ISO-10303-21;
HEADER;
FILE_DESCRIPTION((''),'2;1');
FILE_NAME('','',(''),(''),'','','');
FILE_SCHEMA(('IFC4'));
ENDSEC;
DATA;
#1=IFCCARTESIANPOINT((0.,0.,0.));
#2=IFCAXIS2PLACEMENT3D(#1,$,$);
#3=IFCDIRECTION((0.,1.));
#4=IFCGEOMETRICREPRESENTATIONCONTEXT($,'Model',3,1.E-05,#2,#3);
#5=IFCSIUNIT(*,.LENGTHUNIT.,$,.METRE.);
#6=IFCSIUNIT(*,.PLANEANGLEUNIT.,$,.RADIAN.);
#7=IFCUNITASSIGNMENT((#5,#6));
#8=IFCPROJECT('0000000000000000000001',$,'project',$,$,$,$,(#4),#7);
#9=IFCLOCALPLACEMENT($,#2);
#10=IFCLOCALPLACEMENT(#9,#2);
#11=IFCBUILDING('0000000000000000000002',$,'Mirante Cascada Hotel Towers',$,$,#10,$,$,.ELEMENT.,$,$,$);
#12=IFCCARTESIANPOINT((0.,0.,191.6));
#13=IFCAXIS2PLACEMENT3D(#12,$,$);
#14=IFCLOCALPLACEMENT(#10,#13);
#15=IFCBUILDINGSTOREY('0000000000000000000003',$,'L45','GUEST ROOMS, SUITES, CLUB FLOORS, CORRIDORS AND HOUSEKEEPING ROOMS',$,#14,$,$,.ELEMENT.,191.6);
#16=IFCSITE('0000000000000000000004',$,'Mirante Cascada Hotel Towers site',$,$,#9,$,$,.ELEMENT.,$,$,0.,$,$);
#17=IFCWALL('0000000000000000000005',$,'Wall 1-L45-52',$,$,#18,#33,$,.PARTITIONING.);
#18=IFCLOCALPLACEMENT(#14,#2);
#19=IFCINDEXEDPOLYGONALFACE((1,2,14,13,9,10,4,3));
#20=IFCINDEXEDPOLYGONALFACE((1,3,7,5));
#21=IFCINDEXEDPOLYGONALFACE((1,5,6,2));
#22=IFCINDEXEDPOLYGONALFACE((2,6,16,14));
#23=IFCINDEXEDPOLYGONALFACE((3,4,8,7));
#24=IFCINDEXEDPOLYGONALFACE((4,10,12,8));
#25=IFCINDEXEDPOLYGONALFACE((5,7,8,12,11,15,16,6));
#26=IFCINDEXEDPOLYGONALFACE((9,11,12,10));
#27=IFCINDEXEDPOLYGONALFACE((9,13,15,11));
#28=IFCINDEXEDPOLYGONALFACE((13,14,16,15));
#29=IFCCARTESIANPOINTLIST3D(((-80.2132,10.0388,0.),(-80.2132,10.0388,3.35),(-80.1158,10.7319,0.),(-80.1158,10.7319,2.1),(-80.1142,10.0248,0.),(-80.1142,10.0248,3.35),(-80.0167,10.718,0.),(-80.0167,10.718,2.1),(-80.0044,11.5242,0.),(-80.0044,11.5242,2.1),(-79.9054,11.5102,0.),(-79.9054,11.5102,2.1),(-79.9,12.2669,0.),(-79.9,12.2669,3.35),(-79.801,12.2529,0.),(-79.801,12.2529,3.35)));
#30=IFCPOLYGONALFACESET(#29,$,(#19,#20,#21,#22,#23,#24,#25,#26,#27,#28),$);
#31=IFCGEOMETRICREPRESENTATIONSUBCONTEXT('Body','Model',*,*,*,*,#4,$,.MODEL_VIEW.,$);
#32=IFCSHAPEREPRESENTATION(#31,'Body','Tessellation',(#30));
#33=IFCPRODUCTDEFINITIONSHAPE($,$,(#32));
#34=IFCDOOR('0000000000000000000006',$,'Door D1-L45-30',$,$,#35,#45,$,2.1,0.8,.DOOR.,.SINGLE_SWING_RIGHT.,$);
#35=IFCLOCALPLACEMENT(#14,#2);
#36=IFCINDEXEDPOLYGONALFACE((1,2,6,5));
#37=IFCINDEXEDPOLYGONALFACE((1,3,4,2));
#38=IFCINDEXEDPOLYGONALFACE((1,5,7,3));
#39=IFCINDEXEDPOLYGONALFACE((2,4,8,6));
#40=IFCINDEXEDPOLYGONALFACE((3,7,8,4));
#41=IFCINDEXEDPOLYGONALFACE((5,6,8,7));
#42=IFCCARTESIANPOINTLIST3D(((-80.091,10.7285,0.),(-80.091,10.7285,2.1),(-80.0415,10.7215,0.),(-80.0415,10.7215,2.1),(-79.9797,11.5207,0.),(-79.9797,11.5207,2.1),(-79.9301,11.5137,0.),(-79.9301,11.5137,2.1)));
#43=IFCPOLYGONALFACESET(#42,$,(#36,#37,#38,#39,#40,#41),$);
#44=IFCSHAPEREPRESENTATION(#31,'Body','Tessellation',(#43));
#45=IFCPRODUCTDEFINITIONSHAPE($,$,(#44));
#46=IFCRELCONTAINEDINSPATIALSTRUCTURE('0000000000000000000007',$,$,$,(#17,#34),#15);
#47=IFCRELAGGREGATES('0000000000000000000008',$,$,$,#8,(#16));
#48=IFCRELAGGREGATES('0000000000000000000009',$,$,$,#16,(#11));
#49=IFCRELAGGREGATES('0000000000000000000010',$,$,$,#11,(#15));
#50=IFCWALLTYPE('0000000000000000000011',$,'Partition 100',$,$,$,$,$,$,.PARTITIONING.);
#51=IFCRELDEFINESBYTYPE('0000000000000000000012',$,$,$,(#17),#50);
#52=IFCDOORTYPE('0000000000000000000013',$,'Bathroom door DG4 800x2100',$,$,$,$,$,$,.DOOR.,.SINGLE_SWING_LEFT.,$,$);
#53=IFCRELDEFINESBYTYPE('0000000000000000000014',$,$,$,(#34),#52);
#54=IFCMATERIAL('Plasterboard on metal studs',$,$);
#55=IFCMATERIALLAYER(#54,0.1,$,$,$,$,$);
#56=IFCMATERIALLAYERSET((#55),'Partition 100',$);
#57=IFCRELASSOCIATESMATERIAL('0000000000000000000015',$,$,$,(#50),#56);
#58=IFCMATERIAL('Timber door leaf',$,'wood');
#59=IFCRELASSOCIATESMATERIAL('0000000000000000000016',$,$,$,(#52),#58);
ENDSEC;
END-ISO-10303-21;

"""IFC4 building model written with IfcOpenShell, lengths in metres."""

from ifc_helpers import new_model, si_unit, direction, frame, frame_2d, origin, place, context, subcontext, project, spatial, rectangle, extrude, material, layer, layer_set, type_object, element, fill, save


model = new_model("IFC4")

# Units and contexts
model_context = context("Model", 3, precision=1e-05, world=origin(), true_north=direction((0.0, 1.0)))
body_context = subcontext(model_context, "Body", "Model", "MODEL_VIEW")
ifc_project = project(units=[si_unit("LENGTHUNIT", "METRE"), si_unit("PLANEANGLEUNIT", "RADIAN")], contexts=[model_context])

# Site, building, storey
site_placement = place(None, origin())
site = spatial("IfcSite", under=ifc_project, at=site_placement, Name="Mirante Cascada Hotel Towers site", CompositionType="ELEMENT", RefElevation=0.0)
building_placement = place(site_placement, origin())
building = spatial("IfcBuilding", under=site, at=building_placement, Name="Mirante Cascada Hotel Towers", CompositionType="ELEMENT")
storey_placement = place(building_placement, frame((0.0, 0.0, 191.6)))
storey = spatial("IfcBuildingStorey", under=building, at=storey_placement, Name="L45", Description="GUEST ROOMS, SUITES, CLUB FLOORS, CORRIDORS AND HOUSEKEEPING ROOMS", CompositionType="ELEMENT", Elevation=191.6)

# Shared definitions
ifc_material_1 = material(Name="Plasterboard on metal studs")
ifc_layer_1 = layer(ifc_material_1, 0.1)
ifc_layer_set_1 = layer_set([ifc_layer_1], Name="Partition 100")
wall_type_1 = type_object("IfcWallType", Name="Partition 100", PredefinedType="PARTITIONING", material=ifc_layer_set_1)

# Wall, opening, door
ifc_material_2 = material(Name="Timber door leaf", Category="wood")
door_type_1 = type_object("IfcDoorType", Name="Bathroom door DG4 800x2100", OperationType="SINGLE_SWING_LEFT", PredefinedType="DOOR", material=ifc_material_2)
wall_1_placement = place(storey_placement, frame((-80.1637, 10.0318, 0.0), z_axis=(0.0, 0.0, 1.0), x_axis=(0.1392, 0.990264, 0.0)))
wall_1 = element("IfcWall", 1, at=wall_1_placement, inside=storey, type_object=wall_type_1, Name="Wall 1-L45-52", PredefinedType="PARTITIONING", context=body_context, shape_type="SweptSolid", body=[
    extrude(rectangle(XDim=2.25, YDim=0.1, at=frame_2d((1.125, 0.0))), origin(), (0.0, 0.0, 1.0), 3.35),
])
opening_1_placement = place(wall_1_placement, frame((0.7, 0.0, 0.0)))
opening_1 = element("IfcOpeningElement", 2, at=opening_1_placement, cuts=wall_1, PredefinedType="OPENING", context=body_context, shape_type="SweptSolid", body=[
    extrude(rectangle(XDim=0.8, YDim=2.1, at=frame_2d((0.4, 1.05))), frame((0.0, 0.05, 0.0), z_axis=(0.0, -1.0, 0.0), x_axis=(1.0, 0.0, 0.0)), (0.0, 0.0, 1.0), 0.1),
])
door_1_placement = place(opening_1_placement, frame((0.8, 0.0, 0.0), z_axis=(0.0, 0.0, 1.0), x_axis=(-1.0, 0.0, 0.0)))
door_1 = element("IfcDoor", 3, at=door_1_placement, inside=storey, type_object=door_type_1, Name="Door D1-L45-30", OperationType="SINGLE_SWING_RIGHT", OverallHeight=2.1, OverallWidth=0.8, PredefinedType="DOOR", context=body_context, shape_type="SweptSolid", body=[
    extrude(rectangle(XDim=0.8, YDim=2.1, at=frame_2d((0.4, 1.05))), frame((0.0, 0.025, 0.0), z_axis=(0.0, -1.0, 0.0), x_axis=(1.0, 0.0, 0.0)), (0.0, 0.0, 1.0), 0.05),
])
fill(opening_1, door_1)

save(model, "model.ifc")
